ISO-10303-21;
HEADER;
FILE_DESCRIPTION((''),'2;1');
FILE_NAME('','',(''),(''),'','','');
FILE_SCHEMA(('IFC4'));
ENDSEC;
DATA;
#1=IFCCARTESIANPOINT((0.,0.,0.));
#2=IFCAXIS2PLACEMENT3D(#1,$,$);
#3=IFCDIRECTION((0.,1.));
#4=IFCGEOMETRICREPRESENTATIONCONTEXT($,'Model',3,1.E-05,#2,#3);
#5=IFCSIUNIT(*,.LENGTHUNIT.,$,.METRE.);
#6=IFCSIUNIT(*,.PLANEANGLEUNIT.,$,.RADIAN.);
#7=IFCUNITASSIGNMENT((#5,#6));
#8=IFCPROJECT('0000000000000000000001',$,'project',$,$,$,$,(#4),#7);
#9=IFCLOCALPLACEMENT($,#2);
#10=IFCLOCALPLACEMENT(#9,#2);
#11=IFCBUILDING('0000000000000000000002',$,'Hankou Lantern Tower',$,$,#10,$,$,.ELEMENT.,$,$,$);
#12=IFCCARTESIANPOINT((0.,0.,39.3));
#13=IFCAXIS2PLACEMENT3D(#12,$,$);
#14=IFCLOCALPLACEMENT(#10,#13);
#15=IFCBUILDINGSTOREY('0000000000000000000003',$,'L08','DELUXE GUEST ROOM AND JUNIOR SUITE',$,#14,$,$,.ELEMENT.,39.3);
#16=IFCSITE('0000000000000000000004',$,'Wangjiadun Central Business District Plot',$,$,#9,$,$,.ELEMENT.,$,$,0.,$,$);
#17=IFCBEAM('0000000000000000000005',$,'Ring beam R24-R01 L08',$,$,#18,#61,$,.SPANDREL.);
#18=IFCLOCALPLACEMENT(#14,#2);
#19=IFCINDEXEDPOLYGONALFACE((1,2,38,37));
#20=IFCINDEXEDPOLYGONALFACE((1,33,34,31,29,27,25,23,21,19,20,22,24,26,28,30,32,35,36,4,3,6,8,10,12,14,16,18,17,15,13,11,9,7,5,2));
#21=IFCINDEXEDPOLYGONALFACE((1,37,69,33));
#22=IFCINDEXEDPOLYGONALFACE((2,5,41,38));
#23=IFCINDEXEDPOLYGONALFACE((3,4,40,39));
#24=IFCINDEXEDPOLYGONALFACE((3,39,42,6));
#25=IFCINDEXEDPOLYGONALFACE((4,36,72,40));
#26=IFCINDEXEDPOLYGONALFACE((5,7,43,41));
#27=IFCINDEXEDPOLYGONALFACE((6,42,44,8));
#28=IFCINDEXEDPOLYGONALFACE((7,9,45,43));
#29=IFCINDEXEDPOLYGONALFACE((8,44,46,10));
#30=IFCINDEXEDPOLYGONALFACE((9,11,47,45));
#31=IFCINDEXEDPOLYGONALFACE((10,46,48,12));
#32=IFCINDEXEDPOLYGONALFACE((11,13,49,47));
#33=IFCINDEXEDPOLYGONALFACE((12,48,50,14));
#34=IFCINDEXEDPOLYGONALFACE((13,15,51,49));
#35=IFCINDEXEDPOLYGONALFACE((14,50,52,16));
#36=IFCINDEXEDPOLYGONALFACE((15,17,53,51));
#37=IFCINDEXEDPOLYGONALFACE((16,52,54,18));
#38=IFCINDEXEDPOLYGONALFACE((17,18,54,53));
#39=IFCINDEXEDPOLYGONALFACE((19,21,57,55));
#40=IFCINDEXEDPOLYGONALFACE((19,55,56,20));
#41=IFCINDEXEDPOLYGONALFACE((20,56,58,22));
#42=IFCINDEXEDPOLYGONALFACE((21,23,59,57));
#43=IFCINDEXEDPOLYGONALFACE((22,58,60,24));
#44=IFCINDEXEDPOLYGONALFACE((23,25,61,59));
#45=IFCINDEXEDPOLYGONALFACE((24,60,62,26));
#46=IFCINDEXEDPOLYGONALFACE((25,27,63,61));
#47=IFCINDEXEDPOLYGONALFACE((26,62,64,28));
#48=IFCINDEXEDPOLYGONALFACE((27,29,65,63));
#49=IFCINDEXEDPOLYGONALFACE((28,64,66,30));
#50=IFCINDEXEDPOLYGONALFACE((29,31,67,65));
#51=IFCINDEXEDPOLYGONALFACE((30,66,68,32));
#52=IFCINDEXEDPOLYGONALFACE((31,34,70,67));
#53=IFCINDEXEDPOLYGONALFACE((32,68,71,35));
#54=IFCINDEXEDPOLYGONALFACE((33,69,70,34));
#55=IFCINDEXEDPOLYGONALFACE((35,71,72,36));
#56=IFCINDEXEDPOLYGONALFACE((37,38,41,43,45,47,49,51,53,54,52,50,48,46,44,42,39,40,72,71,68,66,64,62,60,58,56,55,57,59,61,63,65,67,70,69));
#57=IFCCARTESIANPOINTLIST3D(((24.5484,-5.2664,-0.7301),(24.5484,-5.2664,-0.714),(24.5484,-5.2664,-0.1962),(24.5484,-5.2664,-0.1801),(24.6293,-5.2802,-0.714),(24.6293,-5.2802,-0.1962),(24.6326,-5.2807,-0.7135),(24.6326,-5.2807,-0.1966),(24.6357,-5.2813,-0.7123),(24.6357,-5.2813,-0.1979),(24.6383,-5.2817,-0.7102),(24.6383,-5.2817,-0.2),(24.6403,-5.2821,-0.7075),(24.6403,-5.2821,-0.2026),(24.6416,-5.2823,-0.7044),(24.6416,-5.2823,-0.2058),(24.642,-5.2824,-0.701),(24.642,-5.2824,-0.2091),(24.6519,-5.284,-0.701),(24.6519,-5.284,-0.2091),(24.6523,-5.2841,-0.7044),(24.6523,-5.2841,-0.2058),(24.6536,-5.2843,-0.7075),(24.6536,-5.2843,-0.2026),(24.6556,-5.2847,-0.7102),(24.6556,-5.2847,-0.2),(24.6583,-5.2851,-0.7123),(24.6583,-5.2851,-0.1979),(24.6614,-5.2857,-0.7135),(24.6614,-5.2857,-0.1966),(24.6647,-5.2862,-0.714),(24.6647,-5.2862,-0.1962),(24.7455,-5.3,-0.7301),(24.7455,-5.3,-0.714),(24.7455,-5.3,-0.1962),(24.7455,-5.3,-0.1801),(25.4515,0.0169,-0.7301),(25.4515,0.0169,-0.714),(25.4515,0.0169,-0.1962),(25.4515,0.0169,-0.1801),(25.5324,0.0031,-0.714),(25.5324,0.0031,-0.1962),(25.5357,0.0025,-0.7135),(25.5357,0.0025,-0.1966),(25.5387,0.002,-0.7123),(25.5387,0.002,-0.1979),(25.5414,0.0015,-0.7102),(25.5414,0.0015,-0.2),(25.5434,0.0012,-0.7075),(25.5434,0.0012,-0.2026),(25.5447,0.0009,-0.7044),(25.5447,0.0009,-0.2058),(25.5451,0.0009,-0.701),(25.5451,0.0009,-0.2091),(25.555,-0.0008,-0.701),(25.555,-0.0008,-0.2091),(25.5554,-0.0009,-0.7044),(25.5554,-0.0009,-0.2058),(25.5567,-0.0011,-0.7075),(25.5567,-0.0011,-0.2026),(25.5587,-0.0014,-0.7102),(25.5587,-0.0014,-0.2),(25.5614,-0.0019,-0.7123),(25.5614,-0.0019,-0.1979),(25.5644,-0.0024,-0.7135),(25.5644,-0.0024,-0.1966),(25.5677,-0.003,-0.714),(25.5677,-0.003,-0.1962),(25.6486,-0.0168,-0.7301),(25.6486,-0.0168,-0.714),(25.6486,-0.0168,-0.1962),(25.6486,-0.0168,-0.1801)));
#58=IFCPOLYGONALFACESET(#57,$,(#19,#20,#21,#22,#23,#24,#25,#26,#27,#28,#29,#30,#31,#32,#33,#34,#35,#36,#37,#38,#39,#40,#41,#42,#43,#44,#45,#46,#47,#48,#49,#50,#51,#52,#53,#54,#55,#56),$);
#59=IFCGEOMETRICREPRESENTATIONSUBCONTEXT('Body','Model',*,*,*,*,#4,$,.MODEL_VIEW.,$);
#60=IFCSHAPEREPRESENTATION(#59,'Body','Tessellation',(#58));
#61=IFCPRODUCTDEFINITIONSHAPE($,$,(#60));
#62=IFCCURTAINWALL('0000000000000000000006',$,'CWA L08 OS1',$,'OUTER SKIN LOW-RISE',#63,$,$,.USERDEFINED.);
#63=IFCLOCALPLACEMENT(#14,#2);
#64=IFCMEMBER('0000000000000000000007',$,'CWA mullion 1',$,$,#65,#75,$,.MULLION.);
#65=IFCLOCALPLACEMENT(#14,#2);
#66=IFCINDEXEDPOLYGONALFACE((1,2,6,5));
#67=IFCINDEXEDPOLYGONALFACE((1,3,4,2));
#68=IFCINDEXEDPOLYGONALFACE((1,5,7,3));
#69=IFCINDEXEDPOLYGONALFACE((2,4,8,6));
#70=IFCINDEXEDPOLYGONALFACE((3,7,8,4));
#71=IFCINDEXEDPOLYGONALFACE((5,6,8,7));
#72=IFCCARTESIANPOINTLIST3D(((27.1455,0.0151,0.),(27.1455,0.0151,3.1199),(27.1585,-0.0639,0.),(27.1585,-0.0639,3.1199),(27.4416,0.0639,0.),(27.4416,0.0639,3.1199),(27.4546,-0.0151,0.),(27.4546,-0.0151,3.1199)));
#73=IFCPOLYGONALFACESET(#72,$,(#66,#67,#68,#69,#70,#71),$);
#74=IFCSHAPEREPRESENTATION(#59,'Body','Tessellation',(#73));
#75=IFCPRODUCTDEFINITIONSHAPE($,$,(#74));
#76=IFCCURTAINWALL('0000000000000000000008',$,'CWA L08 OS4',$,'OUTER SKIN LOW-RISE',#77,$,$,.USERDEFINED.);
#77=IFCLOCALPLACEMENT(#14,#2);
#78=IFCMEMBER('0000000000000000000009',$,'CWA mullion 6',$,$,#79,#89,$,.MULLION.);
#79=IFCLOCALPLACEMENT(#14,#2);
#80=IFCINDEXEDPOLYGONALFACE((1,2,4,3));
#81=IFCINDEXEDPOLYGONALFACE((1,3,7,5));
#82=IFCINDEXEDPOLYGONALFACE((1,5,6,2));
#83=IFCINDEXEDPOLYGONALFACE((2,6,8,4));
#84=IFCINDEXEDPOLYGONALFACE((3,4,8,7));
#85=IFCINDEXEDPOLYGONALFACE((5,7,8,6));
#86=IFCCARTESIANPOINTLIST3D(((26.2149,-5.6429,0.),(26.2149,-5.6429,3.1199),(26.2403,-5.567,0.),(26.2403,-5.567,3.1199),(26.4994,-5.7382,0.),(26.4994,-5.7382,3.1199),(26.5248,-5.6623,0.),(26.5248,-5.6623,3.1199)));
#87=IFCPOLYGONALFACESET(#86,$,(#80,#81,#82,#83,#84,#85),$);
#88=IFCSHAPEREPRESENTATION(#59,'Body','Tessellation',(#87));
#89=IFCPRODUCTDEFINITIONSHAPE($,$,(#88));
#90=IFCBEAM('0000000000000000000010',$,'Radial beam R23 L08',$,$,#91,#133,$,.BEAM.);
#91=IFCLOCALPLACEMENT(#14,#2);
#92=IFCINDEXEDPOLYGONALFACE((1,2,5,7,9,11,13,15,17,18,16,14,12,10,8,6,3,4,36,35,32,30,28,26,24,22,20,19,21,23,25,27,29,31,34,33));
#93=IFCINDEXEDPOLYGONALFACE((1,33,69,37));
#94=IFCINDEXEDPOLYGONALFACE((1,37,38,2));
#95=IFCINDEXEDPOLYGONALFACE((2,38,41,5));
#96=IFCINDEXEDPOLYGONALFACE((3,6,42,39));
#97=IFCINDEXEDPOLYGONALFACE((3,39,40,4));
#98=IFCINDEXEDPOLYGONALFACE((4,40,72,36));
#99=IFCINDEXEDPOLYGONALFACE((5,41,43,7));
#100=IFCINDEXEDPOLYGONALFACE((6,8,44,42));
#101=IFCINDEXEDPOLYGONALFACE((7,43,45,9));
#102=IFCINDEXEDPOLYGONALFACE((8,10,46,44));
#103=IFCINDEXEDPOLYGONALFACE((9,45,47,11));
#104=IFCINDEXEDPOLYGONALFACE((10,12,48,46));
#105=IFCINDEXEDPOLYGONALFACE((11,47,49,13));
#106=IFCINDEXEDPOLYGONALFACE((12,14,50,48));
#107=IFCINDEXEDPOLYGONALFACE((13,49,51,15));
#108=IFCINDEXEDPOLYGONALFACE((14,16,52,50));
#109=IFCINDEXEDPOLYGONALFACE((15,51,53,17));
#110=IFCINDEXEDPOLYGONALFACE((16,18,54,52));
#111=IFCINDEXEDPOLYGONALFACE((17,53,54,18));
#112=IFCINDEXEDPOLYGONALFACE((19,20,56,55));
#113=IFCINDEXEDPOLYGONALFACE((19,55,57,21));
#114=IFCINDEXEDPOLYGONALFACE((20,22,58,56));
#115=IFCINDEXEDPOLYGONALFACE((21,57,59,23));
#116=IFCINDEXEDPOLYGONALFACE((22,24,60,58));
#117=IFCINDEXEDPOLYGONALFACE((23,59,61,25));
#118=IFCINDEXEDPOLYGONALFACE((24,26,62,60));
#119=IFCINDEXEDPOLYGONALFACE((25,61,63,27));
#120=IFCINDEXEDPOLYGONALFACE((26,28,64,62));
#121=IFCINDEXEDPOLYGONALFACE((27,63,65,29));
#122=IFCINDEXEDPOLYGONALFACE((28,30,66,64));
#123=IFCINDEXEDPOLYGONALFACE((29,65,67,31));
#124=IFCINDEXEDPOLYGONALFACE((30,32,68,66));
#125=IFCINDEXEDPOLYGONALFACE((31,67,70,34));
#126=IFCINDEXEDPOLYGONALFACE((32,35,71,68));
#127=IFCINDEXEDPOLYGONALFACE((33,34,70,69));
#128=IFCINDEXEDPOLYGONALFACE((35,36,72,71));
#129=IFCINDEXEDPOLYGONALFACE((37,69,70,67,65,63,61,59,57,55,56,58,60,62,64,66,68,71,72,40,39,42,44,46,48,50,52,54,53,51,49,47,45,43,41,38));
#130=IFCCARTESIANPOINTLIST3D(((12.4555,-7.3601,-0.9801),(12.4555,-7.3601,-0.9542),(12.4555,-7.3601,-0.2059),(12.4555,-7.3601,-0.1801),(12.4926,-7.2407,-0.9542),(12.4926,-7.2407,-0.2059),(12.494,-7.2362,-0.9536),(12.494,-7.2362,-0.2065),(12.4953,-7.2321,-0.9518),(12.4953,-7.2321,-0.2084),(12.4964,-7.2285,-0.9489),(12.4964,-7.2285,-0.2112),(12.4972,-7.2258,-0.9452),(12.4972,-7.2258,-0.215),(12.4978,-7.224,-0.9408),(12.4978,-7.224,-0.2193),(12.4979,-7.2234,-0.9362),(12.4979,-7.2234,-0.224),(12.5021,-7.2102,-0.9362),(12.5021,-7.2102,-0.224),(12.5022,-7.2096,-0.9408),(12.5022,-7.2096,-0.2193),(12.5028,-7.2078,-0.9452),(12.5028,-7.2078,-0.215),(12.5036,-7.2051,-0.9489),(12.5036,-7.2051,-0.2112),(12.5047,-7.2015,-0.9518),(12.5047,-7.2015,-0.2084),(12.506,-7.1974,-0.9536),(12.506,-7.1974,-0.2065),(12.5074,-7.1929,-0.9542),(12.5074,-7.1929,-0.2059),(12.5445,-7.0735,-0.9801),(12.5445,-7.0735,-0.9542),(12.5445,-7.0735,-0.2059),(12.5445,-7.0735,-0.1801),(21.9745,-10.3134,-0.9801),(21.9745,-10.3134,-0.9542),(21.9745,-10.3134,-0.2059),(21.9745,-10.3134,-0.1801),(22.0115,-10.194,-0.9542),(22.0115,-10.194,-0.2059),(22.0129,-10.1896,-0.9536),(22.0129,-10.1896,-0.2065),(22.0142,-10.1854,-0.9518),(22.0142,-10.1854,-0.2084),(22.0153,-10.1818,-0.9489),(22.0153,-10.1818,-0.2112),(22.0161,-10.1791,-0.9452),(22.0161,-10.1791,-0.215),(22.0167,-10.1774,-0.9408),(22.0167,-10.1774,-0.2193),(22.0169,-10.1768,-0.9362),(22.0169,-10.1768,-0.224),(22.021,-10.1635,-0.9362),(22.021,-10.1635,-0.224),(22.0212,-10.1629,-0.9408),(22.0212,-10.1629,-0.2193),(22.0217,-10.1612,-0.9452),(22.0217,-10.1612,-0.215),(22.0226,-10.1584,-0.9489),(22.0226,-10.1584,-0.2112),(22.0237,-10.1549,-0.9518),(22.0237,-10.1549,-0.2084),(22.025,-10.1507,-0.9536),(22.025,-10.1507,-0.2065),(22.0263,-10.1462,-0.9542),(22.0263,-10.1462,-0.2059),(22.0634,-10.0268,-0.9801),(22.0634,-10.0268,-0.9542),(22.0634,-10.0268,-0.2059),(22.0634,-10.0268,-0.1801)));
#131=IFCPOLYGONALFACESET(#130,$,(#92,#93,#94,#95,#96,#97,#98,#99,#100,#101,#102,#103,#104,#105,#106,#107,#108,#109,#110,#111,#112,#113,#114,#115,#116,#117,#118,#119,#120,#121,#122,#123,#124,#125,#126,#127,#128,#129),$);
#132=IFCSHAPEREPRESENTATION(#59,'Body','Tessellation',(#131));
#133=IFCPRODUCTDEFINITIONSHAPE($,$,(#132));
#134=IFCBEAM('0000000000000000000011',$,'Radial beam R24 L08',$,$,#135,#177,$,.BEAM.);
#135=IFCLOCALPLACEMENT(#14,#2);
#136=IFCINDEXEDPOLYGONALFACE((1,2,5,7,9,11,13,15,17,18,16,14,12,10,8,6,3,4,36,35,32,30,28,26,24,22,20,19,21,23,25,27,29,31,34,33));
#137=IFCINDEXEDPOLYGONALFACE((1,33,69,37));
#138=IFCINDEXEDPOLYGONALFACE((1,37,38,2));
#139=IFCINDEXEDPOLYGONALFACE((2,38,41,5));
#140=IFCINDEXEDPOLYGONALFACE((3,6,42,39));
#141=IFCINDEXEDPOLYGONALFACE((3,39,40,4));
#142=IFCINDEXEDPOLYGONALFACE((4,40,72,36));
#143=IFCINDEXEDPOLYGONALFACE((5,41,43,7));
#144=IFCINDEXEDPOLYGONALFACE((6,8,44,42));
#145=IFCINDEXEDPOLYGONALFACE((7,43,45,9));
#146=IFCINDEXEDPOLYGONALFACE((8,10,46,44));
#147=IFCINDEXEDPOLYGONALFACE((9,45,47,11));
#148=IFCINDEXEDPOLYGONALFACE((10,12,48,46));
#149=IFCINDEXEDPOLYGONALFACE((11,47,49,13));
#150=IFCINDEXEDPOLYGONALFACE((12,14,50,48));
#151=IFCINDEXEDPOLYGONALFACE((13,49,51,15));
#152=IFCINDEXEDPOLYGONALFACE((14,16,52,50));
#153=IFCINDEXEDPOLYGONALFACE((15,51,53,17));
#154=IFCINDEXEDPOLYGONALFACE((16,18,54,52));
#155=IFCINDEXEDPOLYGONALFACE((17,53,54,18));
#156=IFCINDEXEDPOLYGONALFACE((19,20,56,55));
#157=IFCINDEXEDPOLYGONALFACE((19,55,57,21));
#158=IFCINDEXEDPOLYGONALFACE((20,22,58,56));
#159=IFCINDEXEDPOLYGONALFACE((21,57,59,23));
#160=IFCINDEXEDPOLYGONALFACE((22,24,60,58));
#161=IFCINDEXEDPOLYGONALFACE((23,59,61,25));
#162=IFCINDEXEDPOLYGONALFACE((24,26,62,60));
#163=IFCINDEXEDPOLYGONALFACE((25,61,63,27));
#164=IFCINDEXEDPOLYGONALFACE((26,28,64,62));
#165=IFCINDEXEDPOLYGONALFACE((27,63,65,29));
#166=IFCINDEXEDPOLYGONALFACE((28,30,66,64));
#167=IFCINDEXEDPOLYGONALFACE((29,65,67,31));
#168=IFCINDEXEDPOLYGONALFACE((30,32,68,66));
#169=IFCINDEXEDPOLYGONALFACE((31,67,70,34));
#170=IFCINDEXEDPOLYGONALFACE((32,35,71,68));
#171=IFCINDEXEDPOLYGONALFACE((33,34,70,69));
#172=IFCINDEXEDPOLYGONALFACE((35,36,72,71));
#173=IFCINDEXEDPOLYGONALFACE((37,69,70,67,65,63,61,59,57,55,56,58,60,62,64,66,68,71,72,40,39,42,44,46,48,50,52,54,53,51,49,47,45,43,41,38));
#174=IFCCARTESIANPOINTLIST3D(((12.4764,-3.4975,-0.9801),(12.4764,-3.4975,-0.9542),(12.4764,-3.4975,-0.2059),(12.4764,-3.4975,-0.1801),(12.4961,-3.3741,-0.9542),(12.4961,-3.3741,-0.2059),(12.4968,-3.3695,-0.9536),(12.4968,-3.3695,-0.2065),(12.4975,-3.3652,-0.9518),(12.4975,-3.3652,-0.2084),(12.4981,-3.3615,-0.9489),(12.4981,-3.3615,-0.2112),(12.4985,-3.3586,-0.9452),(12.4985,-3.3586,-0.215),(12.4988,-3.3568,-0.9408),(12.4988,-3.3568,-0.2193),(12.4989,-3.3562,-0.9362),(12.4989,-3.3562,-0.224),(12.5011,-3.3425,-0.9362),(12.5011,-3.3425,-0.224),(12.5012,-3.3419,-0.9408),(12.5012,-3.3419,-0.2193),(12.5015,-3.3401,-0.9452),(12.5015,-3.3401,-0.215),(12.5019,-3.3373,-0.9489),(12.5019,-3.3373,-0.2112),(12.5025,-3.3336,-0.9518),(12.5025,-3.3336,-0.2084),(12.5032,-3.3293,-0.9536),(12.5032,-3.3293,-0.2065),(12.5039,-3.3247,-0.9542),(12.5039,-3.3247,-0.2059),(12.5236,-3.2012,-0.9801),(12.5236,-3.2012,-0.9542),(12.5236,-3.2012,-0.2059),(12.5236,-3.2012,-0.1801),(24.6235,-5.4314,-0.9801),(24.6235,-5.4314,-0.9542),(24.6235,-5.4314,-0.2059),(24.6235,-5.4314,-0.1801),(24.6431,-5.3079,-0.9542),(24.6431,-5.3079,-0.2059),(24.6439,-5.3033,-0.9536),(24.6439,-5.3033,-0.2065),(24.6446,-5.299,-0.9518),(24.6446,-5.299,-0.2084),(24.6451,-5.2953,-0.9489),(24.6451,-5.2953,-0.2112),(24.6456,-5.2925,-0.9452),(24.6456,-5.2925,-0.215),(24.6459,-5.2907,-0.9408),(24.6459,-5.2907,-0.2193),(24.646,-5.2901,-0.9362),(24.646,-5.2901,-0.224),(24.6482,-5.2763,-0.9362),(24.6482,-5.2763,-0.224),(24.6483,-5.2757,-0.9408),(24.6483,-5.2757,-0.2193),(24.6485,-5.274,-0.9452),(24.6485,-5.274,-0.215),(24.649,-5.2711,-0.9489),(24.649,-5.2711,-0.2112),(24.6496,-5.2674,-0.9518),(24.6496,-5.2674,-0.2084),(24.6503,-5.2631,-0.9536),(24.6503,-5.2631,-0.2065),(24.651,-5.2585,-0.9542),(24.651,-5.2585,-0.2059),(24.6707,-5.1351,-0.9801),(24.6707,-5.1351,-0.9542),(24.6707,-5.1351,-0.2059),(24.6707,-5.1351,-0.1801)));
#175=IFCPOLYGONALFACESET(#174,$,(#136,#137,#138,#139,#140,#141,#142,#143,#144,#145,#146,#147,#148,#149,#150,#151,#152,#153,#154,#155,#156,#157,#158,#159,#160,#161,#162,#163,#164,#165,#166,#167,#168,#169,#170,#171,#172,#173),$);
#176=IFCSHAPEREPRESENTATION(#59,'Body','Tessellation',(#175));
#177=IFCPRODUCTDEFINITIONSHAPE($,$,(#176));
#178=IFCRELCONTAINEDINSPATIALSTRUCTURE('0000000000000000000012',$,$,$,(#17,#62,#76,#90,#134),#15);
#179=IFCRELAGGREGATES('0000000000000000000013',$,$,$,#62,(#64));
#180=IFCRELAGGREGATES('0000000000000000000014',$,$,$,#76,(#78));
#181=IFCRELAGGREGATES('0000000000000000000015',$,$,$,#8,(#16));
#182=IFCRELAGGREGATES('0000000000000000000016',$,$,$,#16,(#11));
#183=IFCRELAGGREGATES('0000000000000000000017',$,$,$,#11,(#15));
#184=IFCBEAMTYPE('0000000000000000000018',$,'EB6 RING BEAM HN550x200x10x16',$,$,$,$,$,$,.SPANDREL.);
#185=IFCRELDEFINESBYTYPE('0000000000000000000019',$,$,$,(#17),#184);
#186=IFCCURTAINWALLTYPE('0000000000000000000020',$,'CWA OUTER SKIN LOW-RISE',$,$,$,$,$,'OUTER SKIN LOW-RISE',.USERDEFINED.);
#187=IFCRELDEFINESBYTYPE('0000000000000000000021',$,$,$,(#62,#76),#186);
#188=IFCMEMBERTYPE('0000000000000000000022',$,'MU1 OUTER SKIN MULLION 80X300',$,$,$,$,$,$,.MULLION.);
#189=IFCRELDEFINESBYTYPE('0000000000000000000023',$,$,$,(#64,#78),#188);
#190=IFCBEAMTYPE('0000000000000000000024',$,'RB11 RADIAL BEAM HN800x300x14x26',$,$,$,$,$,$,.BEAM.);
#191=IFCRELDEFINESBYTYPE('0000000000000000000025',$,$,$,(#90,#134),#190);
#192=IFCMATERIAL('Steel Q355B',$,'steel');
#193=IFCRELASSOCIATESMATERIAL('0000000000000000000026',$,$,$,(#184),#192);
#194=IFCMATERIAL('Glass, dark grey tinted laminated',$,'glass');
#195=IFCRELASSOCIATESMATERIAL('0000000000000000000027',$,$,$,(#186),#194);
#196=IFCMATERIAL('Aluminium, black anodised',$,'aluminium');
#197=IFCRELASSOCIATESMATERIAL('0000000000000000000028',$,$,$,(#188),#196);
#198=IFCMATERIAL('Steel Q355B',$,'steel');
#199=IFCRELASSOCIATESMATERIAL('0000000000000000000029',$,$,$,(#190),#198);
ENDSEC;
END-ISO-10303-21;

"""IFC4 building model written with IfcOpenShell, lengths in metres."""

from ifc_helpers import new_model, si_unit, direction, frame, origin, origin_2d, place, context, subcontext, project, spatial, rectangle, i_section, extrude, material, material_profile, profile_set, type_object, element, aggregate, save


model = new_model("IFC4")

# Units and contexts
model_context = context("Model", 3, precision=1e-05, world=origin(), true_north=direction((0.0, 1.0)))
body_context = subcontext(model_context, "Body", "Model", "MODEL_VIEW")
ifc_project = project(units=[si_unit("LENGTHUNIT", "METRE"), si_unit("PLANEANGLEUNIT", "RADIAN")], contexts=[model_context])

# Site, building, storey
site_placement = place(None, origin())
site = spatial("IfcSite", under=ifc_project, at=site_placement, Name="Wangjiadun Central Business District Plot", CompositionType="ELEMENT", RefElevation=0.0)
building_placement = place(site_placement, origin())
building = spatial("IfcBuilding", under=site, at=building_placement, Name="Hankou Lantern Tower", CompositionType="ELEMENT")
storey_placement = place(building_placement, frame((0.0, 0.0, 39.3)))
storey = spatial("IfcBuildingStorey", under=building, at=storey_placement, Name="L08", Description="DELUXE GUEST ROOM AND JUNIOR SUITE", CompositionType="ELEMENT", Elevation=39.3)

# Beam
ifc_material_1 = material(Name="Steel Q355B", Category="steel")
ifc_material_profile_1 = material_profile(ifc_material_1, i_section(OverallWidth=0.2, OverallDepth=0.55, WebThickness=0.01, FlangeThickness=0.0161, FilletRadius=0.0129, at=origin_2d()), Name="HN550x200x10x16")
ifc_profile_set_1 = profile_set([ifc_material_profile_1], Name="Steel Q355B")
beam_type_1 = type_object("IfcBeamType", Name="EB6 RING BEAM HN550x200x10x16", PredefinedType="SPANDREL", material=ifc_profile_set_1)
for number, where, z_axis, x_axis, name in (
    (1, (24.647, -5.2832, -0.4551), (0.16849, 0.985703, 0.0), (-0.985703, 0.16849, 0.0), "Ring beam R24-R01 L08"),
):
    element("IfcBeam", number, at=place(storey_placement, frame(where, z_axis=z_axis, x_axis=x_axis)), inside=storey, type_object=beam_type_1, Name=name, PredefinedType="SPANDREL", context=body_context, shape_type="SweptSolid", body=[
        extrude(i_section(OverallWidth=0.2, OverallDepth=0.55, WebThickness=0.01, FlangeThickness=0.0161, FilletRadius=0.0129, at=origin_2d()), origin(), (0.0, 0.0, 1.0), 5.3599),
    ])

# Curtain walls, members
ifc_material_2 = material(Name="Glass, dark grey tinted laminated", Category="glass")
curtain_wall_type = type_object("IfcCurtainWallType", Name="CWA OUTER SKIN LOW-RISE", ElementType="OUTER SKIN LOW-RISE", PredefinedType="USERDEFINED", material=ifc_material_2)
curtain_wall_1_placement = place(storey_placement, origin())
curtain_wall_1 = element("IfcCurtainWall", 2, at=curtain_wall_1_placement, inside=storey, type_object=curtain_wall_type, Name="CWA L08 OS1", ObjectType="OUTER SKIN LOW-RISE", PredefinedType="USERDEFINED")
ifc_material_3 = material(Name="Aluminium, black anodised", Category="aluminium")
ifc_material_profile_2 = material_profile(ifc_material_3, rectangle(XDim=0.0801, YDim=0.3, at=origin_2d()), Name="MU1 80X300")
ifc_profile_set_2 = profile_set([ifc_material_profile_2], Name="Aluminium, black anodised")
member_type_1 = type_object("IfcMemberType", Name="MU1 OUTER SKIN MULLION 80X300", PredefinedType="MULLION", material=ifc_profile_set_2)
member_1_placement = place(storey_placement, frame((27.3, 0.0, 0.0), z_axis=(0.0, 0.0, 1.0), x_axis=(-0.162382, 0.986728, 0.0)))
member_1 = element("IfcMember", 3, at=member_1_placement, type_object=member_type_1, Name="CWA mullion 1", PredefinedType="MULLION", context=body_context, shape_type="SweptSolid", body=[
    extrude(rectangle(XDim=0.0801, YDim=0.3, at=origin_2d()), origin(), (0.0, 0.0, 1.0), 3.1199),
])
curtain_wall_2_placement = place(storey_placement, origin())
curtain_wall_2 = element("IfcCurtainWall", 4, at=curtain_wall_2_placement, inside=storey, type_object=curtain_wall_type, Name="CWA L08 OS4", ObjectType="OUTER SKIN LOW-RISE", PredefinedType="USERDEFINED")
member_2_placement = place(storey_placement, frame((26.3699, -5.6526, 0.0), z_axis=(0.0, 0.0, 1.0), x_axis=(0.317596, 0.948226, 0.0)))
member_2 = element("IfcMember", 5, at=member_2_placement, type_object=member_type_1, Name="CWA mullion 6", PredefinedType="MULLION", context=body_context, shape_type="SweptSolid", body=[
    extrude(rectangle(XDim=0.0801, YDim=0.3, at=origin_2d()), origin(), (0.0, 0.0, 1.0), 3.1199),
])

# Beams
ifc_material_4 = material(Name="Steel Q355B", Category="steel")
ifc_material_profile_3 = material_profile(ifc_material_4, i_section(OverallWidth=0.3, OverallDepth=0.8, WebThickness=0.0139, FlangeThickness=0.0259, FilletRadius=0.0181, at=origin_2d()), Name="HN800x300x14x26")
ifc_profile_set_3 = profile_set([ifc_material_profile_3], Name="Steel Q355B")
beam_type_2 = type_object("IfcBeamType", Name="RB11 RADIAL BEAM HN800x300x14x26", PredefinedType="BEAM", material=ifc_profile_set_3)
beam_1_placement = place(storey_placement, frame((12.5, -7.2168, -0.5801), z_axis=(0.955087, -0.296324, 0.0), x_axis=(0.296324, 0.955087, 0.0)))
element("IfcBeam", 6, at=beam_1_placement, inside=storey, type_object=beam_type_2, Name="Radial beam R23 L08", PredefinedType="BEAM", context=body_context, shape_type="SweptSolid", body=[
    extrude(i_section(OverallWidth=0.3, OverallDepth=0.8, WebThickness=0.0139, FlangeThickness=0.0259, FilletRadius=0.0181, at=origin_2d()), origin(), (0.0, 0.0, 1.0), 9.9666),
])
beam_2_placement = place(storey_placement, frame((12.5, -3.3494, -0.5801), z_axis=(0.987563, -0.157223, 0.0), x_axis=(0.157223, 0.987563, 0.0)))
element("IfcBeam", 7, at=beam_2_placement, inside=storey, type_object=beam_type_2, Name="Radial beam R24 L08", PredefinedType="BEAM", context=body_context, shape_type="SweptSolid", body=[
    extrude(i_section(OverallWidth=0.3, OverallDepth=0.8, WebThickness=0.0139, FlangeThickness=0.0259, FilletRadius=0.0181, at=origin_2d()), origin(), (0.0, 0.0, 1.0), 12.3),
])

aggregate(curtain_wall_1, [member_1])

aggregate(curtain_wall_2, [member_2])

save(model, "model.ifc")
